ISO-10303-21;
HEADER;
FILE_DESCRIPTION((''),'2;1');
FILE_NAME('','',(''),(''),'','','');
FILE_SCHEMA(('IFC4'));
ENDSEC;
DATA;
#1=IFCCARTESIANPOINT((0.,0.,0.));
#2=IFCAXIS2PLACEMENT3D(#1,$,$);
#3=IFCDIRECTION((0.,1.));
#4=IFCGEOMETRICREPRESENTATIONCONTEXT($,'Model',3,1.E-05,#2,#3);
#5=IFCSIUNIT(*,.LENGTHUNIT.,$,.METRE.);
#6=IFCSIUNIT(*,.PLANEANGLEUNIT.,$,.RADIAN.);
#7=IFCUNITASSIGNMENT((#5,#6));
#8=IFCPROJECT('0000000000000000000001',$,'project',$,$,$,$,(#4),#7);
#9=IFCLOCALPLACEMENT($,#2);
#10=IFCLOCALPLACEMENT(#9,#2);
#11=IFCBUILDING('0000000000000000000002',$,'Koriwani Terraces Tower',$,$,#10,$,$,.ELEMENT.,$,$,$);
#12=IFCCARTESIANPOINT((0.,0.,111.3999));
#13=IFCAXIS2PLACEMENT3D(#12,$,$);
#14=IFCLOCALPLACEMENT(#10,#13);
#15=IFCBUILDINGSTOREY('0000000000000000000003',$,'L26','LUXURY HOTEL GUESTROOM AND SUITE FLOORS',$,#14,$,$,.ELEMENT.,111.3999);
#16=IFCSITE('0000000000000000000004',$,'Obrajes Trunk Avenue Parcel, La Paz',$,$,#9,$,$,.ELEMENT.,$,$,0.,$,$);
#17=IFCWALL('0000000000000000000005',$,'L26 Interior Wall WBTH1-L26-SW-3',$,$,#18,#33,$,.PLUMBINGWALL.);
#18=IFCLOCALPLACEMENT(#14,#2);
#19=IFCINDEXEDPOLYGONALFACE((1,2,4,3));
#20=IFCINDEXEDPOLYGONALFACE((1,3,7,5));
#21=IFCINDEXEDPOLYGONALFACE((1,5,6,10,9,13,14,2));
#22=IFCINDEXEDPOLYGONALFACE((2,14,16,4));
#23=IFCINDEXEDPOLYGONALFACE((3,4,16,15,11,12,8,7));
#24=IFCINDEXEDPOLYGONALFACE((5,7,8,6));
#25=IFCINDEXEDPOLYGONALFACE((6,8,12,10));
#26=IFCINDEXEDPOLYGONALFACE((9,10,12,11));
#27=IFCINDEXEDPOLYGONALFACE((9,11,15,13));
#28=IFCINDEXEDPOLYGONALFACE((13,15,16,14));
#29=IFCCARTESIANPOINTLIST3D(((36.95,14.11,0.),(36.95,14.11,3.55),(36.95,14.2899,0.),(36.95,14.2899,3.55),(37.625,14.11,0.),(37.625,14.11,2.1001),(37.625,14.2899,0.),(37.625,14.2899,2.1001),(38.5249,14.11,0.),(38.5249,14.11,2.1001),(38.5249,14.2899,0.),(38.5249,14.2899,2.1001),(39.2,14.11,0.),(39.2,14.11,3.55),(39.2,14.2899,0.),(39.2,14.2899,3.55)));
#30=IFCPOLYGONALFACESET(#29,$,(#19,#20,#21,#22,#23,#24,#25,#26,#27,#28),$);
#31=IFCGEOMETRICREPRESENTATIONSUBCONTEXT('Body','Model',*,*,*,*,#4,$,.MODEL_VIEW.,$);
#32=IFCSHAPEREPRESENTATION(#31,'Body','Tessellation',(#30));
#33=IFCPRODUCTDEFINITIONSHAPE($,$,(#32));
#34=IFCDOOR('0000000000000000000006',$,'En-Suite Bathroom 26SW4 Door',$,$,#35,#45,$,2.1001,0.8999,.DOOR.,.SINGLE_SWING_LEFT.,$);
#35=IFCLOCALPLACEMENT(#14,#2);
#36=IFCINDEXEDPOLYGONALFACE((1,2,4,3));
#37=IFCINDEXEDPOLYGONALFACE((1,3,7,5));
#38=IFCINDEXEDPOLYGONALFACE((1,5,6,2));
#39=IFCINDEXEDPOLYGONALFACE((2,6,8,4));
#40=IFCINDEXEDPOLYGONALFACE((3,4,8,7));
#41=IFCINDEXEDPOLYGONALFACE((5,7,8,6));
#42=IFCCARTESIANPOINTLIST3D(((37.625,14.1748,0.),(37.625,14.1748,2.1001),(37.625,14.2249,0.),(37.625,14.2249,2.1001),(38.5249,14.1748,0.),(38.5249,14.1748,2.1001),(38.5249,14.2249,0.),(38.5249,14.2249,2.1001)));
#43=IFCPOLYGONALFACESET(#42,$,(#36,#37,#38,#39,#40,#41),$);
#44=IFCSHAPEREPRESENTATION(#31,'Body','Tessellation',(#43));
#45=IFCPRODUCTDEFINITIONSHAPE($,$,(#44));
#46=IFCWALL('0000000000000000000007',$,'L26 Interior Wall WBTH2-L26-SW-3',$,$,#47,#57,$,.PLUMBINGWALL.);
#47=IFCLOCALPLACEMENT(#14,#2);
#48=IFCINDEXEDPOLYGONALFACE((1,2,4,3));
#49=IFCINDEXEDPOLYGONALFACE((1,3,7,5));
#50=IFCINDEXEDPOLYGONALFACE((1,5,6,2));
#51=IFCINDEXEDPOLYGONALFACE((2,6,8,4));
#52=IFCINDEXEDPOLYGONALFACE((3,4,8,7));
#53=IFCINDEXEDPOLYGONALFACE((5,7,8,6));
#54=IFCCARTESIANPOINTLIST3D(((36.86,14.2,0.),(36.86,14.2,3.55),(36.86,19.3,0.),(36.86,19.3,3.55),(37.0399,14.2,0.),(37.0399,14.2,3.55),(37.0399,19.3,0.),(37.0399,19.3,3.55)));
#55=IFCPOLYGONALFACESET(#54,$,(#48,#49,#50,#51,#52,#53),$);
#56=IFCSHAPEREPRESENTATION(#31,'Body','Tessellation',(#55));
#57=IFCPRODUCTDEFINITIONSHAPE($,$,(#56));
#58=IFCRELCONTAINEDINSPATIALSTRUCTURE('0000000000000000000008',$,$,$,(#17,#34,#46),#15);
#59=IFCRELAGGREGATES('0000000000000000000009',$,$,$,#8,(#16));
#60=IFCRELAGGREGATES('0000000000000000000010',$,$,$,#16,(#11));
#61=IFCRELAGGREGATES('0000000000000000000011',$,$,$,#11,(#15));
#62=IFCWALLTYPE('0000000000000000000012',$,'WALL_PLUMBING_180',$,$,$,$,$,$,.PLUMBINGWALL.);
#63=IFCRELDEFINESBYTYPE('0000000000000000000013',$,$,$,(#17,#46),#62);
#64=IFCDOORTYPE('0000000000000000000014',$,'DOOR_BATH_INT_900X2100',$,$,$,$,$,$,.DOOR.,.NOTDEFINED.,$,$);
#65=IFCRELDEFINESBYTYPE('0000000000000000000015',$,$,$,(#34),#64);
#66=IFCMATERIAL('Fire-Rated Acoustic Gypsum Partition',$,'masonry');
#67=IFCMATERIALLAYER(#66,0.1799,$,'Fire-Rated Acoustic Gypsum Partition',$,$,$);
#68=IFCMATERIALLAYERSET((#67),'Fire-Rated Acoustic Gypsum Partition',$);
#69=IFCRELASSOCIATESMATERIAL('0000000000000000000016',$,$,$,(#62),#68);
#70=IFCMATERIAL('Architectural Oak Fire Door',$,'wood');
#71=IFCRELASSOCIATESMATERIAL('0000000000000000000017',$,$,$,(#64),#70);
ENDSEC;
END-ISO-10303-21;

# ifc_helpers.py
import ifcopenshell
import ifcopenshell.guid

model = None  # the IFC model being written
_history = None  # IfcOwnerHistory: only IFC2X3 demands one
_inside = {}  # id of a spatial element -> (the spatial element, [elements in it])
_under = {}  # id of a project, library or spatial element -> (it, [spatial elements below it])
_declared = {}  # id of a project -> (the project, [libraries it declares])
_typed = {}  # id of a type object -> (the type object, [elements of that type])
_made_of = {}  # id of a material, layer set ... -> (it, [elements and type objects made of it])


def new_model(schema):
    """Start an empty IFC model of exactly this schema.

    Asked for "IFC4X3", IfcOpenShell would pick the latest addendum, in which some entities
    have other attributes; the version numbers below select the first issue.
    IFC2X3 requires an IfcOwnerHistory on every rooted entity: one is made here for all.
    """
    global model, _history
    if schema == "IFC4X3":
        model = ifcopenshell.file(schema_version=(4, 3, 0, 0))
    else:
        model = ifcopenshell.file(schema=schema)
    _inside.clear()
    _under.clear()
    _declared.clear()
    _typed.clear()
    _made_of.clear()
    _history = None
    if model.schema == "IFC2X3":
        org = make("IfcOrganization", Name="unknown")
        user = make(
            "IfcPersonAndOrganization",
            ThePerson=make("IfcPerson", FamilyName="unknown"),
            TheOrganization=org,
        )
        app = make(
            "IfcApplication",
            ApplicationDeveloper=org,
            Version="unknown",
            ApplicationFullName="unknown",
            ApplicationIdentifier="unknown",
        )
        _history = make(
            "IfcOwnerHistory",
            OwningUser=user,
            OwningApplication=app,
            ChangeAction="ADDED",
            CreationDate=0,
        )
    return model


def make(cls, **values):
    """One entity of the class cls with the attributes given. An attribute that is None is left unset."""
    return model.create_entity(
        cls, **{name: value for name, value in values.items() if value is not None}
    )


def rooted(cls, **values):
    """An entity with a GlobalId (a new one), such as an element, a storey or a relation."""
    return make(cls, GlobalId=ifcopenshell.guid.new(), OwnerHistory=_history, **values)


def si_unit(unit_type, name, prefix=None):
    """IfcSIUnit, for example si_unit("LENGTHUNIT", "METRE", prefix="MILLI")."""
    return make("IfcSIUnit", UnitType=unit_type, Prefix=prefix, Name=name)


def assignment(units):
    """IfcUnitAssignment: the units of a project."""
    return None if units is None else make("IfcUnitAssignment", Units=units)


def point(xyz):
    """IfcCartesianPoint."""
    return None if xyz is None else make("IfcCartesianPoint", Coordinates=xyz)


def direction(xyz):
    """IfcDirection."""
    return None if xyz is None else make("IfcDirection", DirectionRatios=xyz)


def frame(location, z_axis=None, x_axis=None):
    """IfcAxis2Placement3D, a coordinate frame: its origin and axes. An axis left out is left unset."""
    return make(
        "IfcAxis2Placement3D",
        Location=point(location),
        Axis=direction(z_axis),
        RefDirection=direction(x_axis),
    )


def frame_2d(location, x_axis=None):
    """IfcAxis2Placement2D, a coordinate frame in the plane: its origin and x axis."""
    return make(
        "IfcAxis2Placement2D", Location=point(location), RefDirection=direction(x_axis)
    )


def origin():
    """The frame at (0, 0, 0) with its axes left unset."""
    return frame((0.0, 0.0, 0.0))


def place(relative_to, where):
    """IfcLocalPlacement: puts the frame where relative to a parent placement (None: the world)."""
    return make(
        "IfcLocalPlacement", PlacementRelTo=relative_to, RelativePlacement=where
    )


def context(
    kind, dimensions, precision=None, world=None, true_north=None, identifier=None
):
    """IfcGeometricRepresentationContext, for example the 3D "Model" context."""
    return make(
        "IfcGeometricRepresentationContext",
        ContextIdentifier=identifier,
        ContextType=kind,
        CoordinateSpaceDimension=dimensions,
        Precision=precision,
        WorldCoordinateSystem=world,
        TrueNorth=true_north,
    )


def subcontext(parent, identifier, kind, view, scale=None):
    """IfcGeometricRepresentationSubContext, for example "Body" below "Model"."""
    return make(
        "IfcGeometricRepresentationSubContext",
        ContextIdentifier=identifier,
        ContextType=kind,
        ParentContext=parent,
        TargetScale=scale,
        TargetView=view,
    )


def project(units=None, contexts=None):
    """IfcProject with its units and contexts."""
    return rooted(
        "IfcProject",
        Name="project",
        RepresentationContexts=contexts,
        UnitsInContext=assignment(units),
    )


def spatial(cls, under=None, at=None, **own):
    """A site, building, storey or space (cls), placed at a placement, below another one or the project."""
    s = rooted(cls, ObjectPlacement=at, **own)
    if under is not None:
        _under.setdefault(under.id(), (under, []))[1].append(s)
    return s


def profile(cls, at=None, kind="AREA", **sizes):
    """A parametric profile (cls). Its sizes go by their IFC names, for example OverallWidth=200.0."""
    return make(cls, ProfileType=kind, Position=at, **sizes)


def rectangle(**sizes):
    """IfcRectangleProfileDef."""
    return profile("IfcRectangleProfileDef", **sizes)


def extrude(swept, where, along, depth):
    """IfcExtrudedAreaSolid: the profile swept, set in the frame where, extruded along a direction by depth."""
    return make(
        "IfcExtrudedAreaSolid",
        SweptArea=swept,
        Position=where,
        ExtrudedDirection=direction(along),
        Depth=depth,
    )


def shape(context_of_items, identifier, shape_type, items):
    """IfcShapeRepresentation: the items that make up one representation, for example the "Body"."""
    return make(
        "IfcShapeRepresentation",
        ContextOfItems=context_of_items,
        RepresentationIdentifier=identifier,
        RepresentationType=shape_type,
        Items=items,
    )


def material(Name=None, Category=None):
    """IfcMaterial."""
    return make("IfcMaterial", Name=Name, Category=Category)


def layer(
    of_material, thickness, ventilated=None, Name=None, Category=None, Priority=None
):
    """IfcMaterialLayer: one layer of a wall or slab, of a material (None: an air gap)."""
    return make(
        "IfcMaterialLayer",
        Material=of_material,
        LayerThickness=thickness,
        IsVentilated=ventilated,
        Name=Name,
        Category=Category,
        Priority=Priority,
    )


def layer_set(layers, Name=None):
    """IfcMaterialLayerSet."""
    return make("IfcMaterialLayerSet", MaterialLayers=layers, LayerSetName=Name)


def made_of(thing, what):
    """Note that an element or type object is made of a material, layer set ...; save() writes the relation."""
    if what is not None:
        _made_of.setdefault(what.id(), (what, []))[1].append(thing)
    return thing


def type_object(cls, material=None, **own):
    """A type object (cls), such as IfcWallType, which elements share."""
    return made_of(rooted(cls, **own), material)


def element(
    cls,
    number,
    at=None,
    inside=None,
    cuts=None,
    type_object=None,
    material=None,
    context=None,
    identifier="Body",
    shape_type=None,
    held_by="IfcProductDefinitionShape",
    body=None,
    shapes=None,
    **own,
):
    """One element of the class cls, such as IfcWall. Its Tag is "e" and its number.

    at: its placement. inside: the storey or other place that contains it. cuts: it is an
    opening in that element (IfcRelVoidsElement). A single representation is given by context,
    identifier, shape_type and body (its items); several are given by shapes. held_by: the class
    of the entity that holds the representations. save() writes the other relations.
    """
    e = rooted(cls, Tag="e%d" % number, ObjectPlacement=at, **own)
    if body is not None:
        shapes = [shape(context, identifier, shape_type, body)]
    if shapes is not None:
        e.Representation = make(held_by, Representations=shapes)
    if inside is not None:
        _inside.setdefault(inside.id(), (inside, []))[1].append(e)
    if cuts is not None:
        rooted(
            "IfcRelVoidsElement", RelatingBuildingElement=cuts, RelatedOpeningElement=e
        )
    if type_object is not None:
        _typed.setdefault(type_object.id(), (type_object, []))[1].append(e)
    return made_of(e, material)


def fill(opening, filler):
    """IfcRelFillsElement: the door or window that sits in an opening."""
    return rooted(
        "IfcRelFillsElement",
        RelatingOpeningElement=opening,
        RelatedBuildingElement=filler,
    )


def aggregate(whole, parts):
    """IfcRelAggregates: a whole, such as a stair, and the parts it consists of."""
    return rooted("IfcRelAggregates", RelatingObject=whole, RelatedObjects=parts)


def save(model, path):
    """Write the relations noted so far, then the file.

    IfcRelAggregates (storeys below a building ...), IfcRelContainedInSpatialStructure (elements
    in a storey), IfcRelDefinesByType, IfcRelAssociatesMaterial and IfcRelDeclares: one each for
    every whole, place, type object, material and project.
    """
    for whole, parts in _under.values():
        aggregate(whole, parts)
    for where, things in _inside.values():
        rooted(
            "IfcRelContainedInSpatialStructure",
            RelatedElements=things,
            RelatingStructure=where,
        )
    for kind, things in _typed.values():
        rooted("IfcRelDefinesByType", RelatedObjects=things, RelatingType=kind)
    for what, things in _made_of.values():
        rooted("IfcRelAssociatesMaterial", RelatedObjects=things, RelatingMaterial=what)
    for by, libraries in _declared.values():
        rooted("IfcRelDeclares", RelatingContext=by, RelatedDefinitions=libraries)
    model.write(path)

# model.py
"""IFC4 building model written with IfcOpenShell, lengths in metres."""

from ifc_helpers import new_model, si_unit, direction, frame, frame_2d, origin, place, context, subcontext, project, spatial, rectangle, extrude, material, layer, layer_set, type_object, element, fill, save


model = new_model("IFC4")

# Units and contexts
model_context = context("Model", 3, precision=1e-05, world=origin(), true_north=direction((0.0, 1.0)))
body_context = subcontext(model_context, "Body", "Model", "MODEL_VIEW")
ifc_project = project(units=[si_unit("LENGTHUNIT", "METRE"), si_unit("PLANEANGLEUNIT", "RADIAN")], contexts=[model_context])

# Site, building, storey
site_placement = place(None, origin())
site = spatial("IfcSite", under=ifc_project, at=site_placement, Name="Obrajes Trunk Avenue Parcel, La Paz", CompositionType="ELEMENT", RefElevation=0.0)
building_placement = place(site_placement, origin())
building = spatial("IfcBuilding", under=site, at=building_placement, Name="Koriwani Terraces Tower", CompositionType="ELEMENT")
storey_placement = place(building_placement, frame((0.0, 0.0, 111.3999)))
storey = spatial("IfcBuildingStorey", under=building, at=storey_placement, Name="L26", Description="LUXURY HOTEL GUESTROOM AND SUITE FLOORS", CompositionType="ELEMENT", Elevation=111.3999)

# Wall, opening, door
ifc_material_1 = material(Name="Fire-Rated Acoustic Gypsum Partition", Category="masonry")
ifc_layer_1 = layer(ifc_material_1, 0.1799, Name="Fire-Rated Acoustic Gypsum Partition")
ifc_layer_set_1 = layer_set([ifc_layer_1], Name="Fire-Rated Acoustic Gypsum Partition")
wall_type_1 = type_object("IfcWallType", Name="WALL_PLUMBING_180", PredefinedType="PLUMBINGWALL", material=ifc_layer_set_1)
wall_1_placement = place(storey_placement, frame((36.95, 14.2, 0.0), z_axis=(0.0, 0.0, 1.0), x_axis=(1.0, 0.0, 0.0)))
wall_1 = element("IfcWall", 1, at=wall_1_placement, inside=storey, type_object=wall_type_1, Name="L26 Interior Wall WBTH1-L26-SW-3", PredefinedType="PLUMBINGWALL", context=body_context, shape_type="SweptSolid", body=[
    extrude(rectangle(XDim=2.25, YDim=0.1799, at=frame_2d((1.125, 0.0))), origin(), (0.0, 0.0, 1.0), 3.55),
])
opening_1_placement = place(wall_1_placement, frame((0.675, 0.0, 0.0)))
opening_1 = element("IfcOpeningElement", 2, at=opening_1_placement, cuts=wall_1, PredefinedType="OPENING", context=body_context, shape_type="SweptSolid", body=[
    extrude(rectangle(XDim=0.8999, YDim=2.1001, at=frame_2d((0.45, 1.05))), frame((0.0, 0.1001, 0.0), z_axis=(0.0, -1.0, 0.0), x_axis=(1.0, 0.0, 0.0)), (0.0, 0.0, 1.0), 0.2),
])
ifc_material_2 = material(Name="Architectural Oak Fire Door", Category="wood")
door_type_1 = type_object("IfcDoorType", Name="DOOR_BATH_INT_900X2100", OperationType="NOTDEFINED", PredefinedType="DOOR", material=ifc_material_2)
door_1_placement = place(opening_1_placement, origin())
door_1 = element("IfcDoor", 3, at=door_1_placement, inside=storey, type_object=door_type_1, Name="En-Suite Bathroom 26SW4 Door", OperationType="SINGLE_SWING_LEFT", OverallHeight=2.1001, OverallWidth=0.8999, PredefinedType="DOOR", context=body_context, shape_type="SweptSolid", body=[
    extrude(rectangle(XDim=0.8999, YDim=2.1001, at=frame_2d((0.45, 1.05))), frame((0.0, 0.0249, 0.0), z_axis=(0.0, -1.0, 0.0), x_axis=(1.0, 0.0, 0.0)), (0.0, 0.0, 1.0), 0.05),
])
fill(opening_1, door_1)

# Wall
wall_2_placement = place(storey_placement, frame((36.95, 14.2, 0.0), z_axis=(0.0, 0.0, 1.0), x_axis=(0.0, 1.0, 0.0)))
element("IfcWall", 4, at=wall_2_placement, inside=storey, type_object=wall_type_1, Name="L26 Interior Wall WBTH2-L26-SW-3", PredefinedType="PLUMBINGWALL", context=body_context, shape_type="SweptSolid", body=[
    extrude(rectangle(XDim=5.1001, YDim=0.1799, at=frame_2d((2.55, 0.0))), origin(), (0.0, 0.0, 1.0), 3.55),
])

save(model, "model.ifc")
